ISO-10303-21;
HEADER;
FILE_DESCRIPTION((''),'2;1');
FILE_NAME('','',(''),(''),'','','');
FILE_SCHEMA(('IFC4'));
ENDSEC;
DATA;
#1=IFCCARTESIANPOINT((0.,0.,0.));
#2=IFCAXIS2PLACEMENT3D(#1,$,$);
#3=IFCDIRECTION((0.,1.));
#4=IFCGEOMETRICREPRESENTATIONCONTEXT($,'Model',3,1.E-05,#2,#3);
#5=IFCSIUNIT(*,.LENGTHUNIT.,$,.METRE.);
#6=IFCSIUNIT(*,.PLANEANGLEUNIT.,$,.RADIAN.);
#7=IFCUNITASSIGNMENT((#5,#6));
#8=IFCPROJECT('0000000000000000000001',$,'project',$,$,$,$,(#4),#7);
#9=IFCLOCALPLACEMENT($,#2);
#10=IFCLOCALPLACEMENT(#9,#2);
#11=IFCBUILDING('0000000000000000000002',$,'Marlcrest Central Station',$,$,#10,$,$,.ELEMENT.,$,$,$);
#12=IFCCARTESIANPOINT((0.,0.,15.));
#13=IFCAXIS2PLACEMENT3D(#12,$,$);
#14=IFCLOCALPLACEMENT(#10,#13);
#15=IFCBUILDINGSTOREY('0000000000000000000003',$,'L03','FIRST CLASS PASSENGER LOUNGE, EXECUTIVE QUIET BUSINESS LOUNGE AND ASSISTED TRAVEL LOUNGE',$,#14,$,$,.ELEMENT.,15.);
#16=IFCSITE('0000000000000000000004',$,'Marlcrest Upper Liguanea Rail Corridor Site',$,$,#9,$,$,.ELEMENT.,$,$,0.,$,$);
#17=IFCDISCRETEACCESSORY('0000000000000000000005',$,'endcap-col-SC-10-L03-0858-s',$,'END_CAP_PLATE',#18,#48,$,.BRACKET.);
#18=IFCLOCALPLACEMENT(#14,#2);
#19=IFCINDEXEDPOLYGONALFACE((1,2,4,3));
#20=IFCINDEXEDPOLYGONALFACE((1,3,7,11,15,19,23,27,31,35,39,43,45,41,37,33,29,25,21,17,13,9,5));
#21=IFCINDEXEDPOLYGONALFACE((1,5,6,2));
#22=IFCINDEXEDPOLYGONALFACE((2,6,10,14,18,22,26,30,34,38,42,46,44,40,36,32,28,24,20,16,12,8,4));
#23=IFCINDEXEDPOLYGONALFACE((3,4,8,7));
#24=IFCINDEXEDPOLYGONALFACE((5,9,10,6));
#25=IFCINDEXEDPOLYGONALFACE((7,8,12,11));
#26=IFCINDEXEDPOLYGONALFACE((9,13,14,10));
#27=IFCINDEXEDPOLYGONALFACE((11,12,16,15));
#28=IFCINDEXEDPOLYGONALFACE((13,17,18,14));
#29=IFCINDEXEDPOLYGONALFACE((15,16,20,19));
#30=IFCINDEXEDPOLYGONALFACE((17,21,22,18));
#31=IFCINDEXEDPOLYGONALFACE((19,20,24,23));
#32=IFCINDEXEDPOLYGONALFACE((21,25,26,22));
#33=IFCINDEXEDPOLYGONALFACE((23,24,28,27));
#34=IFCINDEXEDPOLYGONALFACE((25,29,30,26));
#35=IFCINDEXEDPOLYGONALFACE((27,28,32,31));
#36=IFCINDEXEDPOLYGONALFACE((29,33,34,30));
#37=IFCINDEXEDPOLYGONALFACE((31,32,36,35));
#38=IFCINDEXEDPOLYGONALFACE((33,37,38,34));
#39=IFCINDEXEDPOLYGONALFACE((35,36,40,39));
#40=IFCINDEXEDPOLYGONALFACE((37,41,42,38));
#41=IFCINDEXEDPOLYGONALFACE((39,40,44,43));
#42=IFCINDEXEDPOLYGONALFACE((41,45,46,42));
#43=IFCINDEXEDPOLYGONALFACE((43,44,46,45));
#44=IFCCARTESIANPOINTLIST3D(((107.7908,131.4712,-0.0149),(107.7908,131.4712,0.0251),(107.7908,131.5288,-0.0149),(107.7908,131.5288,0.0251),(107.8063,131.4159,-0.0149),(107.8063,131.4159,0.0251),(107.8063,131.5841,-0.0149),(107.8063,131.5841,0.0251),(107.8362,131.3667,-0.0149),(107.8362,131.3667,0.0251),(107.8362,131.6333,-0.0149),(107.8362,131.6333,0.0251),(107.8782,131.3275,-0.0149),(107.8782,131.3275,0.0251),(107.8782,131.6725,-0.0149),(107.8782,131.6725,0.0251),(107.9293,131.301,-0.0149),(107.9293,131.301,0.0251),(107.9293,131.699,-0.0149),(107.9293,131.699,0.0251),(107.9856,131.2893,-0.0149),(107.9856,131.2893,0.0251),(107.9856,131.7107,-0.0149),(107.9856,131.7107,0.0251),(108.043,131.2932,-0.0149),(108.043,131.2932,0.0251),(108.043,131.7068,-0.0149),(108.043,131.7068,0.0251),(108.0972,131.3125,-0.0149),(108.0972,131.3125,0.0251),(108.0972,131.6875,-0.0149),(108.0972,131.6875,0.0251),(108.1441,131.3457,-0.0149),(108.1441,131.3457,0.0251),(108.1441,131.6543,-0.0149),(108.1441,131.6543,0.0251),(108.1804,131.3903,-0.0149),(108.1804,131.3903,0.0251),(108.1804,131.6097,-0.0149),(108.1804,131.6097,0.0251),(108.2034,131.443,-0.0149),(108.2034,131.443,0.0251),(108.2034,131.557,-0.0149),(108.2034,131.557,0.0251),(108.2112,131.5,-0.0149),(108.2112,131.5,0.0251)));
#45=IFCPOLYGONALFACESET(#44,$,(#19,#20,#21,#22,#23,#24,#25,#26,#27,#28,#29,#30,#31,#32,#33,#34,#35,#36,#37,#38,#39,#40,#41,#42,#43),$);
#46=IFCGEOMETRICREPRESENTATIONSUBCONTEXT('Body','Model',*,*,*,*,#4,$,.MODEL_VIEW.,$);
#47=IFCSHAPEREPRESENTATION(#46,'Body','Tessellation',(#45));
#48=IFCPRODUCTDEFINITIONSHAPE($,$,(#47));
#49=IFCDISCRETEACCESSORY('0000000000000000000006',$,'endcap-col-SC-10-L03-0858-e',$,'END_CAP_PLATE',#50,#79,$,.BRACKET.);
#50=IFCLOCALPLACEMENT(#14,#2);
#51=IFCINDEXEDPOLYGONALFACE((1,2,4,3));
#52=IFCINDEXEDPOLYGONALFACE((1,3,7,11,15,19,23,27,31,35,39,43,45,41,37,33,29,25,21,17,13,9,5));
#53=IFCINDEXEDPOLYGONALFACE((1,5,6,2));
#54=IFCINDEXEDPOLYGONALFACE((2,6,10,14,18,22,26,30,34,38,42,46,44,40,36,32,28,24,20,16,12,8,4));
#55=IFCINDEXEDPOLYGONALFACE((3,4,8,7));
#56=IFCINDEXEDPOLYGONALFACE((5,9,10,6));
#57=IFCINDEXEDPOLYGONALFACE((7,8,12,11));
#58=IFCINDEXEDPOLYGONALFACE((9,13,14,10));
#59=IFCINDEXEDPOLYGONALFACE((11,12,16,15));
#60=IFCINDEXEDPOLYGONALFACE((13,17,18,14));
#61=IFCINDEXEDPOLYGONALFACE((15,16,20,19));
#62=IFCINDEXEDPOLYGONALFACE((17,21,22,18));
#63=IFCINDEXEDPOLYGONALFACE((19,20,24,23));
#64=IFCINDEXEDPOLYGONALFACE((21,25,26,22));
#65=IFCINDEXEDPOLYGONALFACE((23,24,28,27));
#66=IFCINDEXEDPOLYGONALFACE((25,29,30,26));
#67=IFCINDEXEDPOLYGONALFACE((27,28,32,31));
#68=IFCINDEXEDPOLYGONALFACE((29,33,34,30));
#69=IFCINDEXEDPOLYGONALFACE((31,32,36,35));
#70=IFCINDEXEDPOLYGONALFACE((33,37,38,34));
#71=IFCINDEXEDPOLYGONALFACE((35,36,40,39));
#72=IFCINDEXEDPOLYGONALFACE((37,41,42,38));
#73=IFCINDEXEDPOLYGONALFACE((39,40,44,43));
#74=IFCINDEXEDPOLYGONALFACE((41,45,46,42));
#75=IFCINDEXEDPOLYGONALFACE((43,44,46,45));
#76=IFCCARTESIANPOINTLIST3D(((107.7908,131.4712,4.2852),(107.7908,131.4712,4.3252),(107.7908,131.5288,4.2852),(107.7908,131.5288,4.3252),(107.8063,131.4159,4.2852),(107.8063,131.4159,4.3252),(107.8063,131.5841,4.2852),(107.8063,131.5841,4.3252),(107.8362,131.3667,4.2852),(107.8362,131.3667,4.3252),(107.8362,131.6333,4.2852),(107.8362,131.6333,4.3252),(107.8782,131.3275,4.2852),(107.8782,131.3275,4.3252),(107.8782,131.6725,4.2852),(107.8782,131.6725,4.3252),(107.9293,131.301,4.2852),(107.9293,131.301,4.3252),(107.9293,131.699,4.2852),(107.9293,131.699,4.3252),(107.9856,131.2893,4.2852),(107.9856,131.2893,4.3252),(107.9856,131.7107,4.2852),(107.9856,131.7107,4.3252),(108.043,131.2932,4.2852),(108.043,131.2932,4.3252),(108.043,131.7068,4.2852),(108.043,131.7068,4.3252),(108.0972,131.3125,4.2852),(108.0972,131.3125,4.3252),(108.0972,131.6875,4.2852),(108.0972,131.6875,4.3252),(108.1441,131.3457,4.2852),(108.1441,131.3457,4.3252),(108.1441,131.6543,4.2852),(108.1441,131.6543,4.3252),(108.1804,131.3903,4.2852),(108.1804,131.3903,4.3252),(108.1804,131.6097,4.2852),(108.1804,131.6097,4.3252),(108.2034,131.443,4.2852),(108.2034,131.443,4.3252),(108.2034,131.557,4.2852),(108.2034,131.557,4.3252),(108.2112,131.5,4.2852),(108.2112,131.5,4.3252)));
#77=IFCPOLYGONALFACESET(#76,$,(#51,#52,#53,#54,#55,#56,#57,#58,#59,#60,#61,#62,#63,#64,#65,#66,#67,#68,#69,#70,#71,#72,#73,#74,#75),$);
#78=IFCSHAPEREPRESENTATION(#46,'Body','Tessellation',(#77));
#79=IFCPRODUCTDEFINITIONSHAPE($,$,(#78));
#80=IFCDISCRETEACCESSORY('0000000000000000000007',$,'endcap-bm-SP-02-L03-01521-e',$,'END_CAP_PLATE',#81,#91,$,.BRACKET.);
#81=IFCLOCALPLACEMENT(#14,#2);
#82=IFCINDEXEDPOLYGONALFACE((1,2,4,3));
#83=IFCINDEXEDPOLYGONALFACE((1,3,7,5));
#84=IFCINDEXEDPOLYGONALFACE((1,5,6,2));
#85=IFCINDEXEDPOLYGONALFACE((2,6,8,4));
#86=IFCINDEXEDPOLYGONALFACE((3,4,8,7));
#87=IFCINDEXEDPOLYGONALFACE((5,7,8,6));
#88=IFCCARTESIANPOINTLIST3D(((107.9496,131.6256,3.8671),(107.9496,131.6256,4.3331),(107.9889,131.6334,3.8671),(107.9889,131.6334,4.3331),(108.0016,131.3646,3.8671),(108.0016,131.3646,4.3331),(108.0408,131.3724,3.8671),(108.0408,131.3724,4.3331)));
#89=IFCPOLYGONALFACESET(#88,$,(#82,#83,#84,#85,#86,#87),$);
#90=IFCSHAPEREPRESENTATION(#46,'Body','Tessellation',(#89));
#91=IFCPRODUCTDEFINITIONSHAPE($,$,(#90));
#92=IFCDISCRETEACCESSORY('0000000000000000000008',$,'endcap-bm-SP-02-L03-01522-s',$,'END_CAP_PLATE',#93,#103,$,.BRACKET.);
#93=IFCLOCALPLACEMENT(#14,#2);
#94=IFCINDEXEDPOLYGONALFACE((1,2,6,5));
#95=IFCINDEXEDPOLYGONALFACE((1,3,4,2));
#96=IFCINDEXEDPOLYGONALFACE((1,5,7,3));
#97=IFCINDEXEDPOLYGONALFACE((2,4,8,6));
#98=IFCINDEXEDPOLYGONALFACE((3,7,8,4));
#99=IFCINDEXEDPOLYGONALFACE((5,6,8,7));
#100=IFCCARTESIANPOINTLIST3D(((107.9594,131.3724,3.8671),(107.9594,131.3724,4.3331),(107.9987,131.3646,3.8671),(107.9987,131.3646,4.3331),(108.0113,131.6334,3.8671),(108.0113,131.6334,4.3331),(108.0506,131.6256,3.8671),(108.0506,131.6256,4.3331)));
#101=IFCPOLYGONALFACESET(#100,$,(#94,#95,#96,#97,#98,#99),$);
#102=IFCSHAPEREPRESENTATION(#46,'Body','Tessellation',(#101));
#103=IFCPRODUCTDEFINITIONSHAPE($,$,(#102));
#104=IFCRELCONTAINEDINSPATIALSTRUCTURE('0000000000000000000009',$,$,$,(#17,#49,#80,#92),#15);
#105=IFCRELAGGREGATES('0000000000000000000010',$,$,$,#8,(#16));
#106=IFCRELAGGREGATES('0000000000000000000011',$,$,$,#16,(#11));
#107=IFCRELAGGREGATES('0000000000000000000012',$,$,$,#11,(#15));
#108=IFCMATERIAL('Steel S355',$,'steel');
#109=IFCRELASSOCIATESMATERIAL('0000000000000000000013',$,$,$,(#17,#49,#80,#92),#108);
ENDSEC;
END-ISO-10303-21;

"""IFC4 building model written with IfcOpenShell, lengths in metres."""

from ifc_helpers import new_model, si_unit, direction, frame, origin, origin_2d, place, context, subcontext, project, spatial, rectangle, circle, extrude, material, element, save


model = new_model("IFC4")

# Units and contexts
model_context = context("Model", 3, precision=1e-05, world=origin(), true_north=direction((0.0, 1.0)))
body_context = subcontext(model_context, "Body", "Model", "MODEL_VIEW")
ifc_project = project(units=[si_unit("LENGTHUNIT", "METRE"), si_unit("PLANEANGLEUNIT", "RADIAN")], contexts=[model_context])

# Site, building, storey
site_placement = place(None, origin())
site = spatial("IfcSite", under=ifc_project, at=site_placement, Name="Marlcrest Upper Liguanea Rail Corridor Site", CompositionType="ELEMENT", RefElevation=0.0)
building_placement = place(site_placement, origin())
building = spatial("IfcBuilding", under=site, at=building_placement, Name="Marlcrest Central Station", CompositionType="ELEMENT")
storey_placement = place(building_placement, frame((0.0, 0.0, 15.0)))
storey = spatial("IfcBuildingStorey", under=building, at=storey_placement, Name="L03", Description="FIRST CLASS PASSENGER LOUNGE, EXECUTIVE QUIET BUSINESS LOUNGE AND ASSISTED TRAVEL LOUNGE", CompositionType="ELEMENT", Elevation=15.0)

# Shared definitions
ifc_material_1 = material(Name="Steel S355", Category="steel")

# Discrete accessories
for number, where, z_axis, x_axis, name in (
    (1, (108.0, 131.5, -0.0149), (0.0, 0.0, 1.0), (1.0, 0.0, 0.0), "endcap-col-SC-10-L03-0858-s"),
    (2, (108.0, 131.5, 4.2852), (0.0, 0.0, 1.0), (1.0, 0.0, 0.0), "endcap-col-SC-10-L03-0858-e"),
):
    element("IfcDiscreteAccessory", number, at=place(storey_placement, frame(where, z_axis=z_axis, x_axis=x_axis)), inside=storey, material=ifc_material_1, Name=name, ObjectType="END_CAP_PLATE", PredefinedType="BRACKET", context=body_context, shape_type="SweptSolid", body=[
        extrude(circle(Radius=0.2112, at=origin_2d()), origin(), (0.0, 0.0, 1.0), 0.04),
    ])
for number, where, z_axis, x_axis, name in (
    (3, (107.9756, 131.4951, 4.1001), (0.980769, 0.195171, 0.0), (-0.195171, 0.980769, 0.0), "endcap-bm-SP-02-L03-01521-e"),
    (4, (107.9854, 131.5029, 4.1001), (0.980769, -0.195171, 0.0), (0.195171, 0.980769, 0.0), "endcap-bm-SP-02-L03-01522-s"),
):
    element("IfcDiscreteAccessory", number, at=place(storey_placement, frame(where, z_axis=z_axis, x_axis=x_axis)), inside=storey, material=ifc_material_1, Name=name, ObjectType="END_CAP_PLATE", PredefinedType="BRACKET", context=body_context, shape_type="SweptSolid", body=[
        extrude(rectangle(XDim=0.2661, YDim=0.4661, at=origin_2d()), origin(), (0.0, 0.0, 1.0), 0.04),
    ])

save(model, "model.ifc")
